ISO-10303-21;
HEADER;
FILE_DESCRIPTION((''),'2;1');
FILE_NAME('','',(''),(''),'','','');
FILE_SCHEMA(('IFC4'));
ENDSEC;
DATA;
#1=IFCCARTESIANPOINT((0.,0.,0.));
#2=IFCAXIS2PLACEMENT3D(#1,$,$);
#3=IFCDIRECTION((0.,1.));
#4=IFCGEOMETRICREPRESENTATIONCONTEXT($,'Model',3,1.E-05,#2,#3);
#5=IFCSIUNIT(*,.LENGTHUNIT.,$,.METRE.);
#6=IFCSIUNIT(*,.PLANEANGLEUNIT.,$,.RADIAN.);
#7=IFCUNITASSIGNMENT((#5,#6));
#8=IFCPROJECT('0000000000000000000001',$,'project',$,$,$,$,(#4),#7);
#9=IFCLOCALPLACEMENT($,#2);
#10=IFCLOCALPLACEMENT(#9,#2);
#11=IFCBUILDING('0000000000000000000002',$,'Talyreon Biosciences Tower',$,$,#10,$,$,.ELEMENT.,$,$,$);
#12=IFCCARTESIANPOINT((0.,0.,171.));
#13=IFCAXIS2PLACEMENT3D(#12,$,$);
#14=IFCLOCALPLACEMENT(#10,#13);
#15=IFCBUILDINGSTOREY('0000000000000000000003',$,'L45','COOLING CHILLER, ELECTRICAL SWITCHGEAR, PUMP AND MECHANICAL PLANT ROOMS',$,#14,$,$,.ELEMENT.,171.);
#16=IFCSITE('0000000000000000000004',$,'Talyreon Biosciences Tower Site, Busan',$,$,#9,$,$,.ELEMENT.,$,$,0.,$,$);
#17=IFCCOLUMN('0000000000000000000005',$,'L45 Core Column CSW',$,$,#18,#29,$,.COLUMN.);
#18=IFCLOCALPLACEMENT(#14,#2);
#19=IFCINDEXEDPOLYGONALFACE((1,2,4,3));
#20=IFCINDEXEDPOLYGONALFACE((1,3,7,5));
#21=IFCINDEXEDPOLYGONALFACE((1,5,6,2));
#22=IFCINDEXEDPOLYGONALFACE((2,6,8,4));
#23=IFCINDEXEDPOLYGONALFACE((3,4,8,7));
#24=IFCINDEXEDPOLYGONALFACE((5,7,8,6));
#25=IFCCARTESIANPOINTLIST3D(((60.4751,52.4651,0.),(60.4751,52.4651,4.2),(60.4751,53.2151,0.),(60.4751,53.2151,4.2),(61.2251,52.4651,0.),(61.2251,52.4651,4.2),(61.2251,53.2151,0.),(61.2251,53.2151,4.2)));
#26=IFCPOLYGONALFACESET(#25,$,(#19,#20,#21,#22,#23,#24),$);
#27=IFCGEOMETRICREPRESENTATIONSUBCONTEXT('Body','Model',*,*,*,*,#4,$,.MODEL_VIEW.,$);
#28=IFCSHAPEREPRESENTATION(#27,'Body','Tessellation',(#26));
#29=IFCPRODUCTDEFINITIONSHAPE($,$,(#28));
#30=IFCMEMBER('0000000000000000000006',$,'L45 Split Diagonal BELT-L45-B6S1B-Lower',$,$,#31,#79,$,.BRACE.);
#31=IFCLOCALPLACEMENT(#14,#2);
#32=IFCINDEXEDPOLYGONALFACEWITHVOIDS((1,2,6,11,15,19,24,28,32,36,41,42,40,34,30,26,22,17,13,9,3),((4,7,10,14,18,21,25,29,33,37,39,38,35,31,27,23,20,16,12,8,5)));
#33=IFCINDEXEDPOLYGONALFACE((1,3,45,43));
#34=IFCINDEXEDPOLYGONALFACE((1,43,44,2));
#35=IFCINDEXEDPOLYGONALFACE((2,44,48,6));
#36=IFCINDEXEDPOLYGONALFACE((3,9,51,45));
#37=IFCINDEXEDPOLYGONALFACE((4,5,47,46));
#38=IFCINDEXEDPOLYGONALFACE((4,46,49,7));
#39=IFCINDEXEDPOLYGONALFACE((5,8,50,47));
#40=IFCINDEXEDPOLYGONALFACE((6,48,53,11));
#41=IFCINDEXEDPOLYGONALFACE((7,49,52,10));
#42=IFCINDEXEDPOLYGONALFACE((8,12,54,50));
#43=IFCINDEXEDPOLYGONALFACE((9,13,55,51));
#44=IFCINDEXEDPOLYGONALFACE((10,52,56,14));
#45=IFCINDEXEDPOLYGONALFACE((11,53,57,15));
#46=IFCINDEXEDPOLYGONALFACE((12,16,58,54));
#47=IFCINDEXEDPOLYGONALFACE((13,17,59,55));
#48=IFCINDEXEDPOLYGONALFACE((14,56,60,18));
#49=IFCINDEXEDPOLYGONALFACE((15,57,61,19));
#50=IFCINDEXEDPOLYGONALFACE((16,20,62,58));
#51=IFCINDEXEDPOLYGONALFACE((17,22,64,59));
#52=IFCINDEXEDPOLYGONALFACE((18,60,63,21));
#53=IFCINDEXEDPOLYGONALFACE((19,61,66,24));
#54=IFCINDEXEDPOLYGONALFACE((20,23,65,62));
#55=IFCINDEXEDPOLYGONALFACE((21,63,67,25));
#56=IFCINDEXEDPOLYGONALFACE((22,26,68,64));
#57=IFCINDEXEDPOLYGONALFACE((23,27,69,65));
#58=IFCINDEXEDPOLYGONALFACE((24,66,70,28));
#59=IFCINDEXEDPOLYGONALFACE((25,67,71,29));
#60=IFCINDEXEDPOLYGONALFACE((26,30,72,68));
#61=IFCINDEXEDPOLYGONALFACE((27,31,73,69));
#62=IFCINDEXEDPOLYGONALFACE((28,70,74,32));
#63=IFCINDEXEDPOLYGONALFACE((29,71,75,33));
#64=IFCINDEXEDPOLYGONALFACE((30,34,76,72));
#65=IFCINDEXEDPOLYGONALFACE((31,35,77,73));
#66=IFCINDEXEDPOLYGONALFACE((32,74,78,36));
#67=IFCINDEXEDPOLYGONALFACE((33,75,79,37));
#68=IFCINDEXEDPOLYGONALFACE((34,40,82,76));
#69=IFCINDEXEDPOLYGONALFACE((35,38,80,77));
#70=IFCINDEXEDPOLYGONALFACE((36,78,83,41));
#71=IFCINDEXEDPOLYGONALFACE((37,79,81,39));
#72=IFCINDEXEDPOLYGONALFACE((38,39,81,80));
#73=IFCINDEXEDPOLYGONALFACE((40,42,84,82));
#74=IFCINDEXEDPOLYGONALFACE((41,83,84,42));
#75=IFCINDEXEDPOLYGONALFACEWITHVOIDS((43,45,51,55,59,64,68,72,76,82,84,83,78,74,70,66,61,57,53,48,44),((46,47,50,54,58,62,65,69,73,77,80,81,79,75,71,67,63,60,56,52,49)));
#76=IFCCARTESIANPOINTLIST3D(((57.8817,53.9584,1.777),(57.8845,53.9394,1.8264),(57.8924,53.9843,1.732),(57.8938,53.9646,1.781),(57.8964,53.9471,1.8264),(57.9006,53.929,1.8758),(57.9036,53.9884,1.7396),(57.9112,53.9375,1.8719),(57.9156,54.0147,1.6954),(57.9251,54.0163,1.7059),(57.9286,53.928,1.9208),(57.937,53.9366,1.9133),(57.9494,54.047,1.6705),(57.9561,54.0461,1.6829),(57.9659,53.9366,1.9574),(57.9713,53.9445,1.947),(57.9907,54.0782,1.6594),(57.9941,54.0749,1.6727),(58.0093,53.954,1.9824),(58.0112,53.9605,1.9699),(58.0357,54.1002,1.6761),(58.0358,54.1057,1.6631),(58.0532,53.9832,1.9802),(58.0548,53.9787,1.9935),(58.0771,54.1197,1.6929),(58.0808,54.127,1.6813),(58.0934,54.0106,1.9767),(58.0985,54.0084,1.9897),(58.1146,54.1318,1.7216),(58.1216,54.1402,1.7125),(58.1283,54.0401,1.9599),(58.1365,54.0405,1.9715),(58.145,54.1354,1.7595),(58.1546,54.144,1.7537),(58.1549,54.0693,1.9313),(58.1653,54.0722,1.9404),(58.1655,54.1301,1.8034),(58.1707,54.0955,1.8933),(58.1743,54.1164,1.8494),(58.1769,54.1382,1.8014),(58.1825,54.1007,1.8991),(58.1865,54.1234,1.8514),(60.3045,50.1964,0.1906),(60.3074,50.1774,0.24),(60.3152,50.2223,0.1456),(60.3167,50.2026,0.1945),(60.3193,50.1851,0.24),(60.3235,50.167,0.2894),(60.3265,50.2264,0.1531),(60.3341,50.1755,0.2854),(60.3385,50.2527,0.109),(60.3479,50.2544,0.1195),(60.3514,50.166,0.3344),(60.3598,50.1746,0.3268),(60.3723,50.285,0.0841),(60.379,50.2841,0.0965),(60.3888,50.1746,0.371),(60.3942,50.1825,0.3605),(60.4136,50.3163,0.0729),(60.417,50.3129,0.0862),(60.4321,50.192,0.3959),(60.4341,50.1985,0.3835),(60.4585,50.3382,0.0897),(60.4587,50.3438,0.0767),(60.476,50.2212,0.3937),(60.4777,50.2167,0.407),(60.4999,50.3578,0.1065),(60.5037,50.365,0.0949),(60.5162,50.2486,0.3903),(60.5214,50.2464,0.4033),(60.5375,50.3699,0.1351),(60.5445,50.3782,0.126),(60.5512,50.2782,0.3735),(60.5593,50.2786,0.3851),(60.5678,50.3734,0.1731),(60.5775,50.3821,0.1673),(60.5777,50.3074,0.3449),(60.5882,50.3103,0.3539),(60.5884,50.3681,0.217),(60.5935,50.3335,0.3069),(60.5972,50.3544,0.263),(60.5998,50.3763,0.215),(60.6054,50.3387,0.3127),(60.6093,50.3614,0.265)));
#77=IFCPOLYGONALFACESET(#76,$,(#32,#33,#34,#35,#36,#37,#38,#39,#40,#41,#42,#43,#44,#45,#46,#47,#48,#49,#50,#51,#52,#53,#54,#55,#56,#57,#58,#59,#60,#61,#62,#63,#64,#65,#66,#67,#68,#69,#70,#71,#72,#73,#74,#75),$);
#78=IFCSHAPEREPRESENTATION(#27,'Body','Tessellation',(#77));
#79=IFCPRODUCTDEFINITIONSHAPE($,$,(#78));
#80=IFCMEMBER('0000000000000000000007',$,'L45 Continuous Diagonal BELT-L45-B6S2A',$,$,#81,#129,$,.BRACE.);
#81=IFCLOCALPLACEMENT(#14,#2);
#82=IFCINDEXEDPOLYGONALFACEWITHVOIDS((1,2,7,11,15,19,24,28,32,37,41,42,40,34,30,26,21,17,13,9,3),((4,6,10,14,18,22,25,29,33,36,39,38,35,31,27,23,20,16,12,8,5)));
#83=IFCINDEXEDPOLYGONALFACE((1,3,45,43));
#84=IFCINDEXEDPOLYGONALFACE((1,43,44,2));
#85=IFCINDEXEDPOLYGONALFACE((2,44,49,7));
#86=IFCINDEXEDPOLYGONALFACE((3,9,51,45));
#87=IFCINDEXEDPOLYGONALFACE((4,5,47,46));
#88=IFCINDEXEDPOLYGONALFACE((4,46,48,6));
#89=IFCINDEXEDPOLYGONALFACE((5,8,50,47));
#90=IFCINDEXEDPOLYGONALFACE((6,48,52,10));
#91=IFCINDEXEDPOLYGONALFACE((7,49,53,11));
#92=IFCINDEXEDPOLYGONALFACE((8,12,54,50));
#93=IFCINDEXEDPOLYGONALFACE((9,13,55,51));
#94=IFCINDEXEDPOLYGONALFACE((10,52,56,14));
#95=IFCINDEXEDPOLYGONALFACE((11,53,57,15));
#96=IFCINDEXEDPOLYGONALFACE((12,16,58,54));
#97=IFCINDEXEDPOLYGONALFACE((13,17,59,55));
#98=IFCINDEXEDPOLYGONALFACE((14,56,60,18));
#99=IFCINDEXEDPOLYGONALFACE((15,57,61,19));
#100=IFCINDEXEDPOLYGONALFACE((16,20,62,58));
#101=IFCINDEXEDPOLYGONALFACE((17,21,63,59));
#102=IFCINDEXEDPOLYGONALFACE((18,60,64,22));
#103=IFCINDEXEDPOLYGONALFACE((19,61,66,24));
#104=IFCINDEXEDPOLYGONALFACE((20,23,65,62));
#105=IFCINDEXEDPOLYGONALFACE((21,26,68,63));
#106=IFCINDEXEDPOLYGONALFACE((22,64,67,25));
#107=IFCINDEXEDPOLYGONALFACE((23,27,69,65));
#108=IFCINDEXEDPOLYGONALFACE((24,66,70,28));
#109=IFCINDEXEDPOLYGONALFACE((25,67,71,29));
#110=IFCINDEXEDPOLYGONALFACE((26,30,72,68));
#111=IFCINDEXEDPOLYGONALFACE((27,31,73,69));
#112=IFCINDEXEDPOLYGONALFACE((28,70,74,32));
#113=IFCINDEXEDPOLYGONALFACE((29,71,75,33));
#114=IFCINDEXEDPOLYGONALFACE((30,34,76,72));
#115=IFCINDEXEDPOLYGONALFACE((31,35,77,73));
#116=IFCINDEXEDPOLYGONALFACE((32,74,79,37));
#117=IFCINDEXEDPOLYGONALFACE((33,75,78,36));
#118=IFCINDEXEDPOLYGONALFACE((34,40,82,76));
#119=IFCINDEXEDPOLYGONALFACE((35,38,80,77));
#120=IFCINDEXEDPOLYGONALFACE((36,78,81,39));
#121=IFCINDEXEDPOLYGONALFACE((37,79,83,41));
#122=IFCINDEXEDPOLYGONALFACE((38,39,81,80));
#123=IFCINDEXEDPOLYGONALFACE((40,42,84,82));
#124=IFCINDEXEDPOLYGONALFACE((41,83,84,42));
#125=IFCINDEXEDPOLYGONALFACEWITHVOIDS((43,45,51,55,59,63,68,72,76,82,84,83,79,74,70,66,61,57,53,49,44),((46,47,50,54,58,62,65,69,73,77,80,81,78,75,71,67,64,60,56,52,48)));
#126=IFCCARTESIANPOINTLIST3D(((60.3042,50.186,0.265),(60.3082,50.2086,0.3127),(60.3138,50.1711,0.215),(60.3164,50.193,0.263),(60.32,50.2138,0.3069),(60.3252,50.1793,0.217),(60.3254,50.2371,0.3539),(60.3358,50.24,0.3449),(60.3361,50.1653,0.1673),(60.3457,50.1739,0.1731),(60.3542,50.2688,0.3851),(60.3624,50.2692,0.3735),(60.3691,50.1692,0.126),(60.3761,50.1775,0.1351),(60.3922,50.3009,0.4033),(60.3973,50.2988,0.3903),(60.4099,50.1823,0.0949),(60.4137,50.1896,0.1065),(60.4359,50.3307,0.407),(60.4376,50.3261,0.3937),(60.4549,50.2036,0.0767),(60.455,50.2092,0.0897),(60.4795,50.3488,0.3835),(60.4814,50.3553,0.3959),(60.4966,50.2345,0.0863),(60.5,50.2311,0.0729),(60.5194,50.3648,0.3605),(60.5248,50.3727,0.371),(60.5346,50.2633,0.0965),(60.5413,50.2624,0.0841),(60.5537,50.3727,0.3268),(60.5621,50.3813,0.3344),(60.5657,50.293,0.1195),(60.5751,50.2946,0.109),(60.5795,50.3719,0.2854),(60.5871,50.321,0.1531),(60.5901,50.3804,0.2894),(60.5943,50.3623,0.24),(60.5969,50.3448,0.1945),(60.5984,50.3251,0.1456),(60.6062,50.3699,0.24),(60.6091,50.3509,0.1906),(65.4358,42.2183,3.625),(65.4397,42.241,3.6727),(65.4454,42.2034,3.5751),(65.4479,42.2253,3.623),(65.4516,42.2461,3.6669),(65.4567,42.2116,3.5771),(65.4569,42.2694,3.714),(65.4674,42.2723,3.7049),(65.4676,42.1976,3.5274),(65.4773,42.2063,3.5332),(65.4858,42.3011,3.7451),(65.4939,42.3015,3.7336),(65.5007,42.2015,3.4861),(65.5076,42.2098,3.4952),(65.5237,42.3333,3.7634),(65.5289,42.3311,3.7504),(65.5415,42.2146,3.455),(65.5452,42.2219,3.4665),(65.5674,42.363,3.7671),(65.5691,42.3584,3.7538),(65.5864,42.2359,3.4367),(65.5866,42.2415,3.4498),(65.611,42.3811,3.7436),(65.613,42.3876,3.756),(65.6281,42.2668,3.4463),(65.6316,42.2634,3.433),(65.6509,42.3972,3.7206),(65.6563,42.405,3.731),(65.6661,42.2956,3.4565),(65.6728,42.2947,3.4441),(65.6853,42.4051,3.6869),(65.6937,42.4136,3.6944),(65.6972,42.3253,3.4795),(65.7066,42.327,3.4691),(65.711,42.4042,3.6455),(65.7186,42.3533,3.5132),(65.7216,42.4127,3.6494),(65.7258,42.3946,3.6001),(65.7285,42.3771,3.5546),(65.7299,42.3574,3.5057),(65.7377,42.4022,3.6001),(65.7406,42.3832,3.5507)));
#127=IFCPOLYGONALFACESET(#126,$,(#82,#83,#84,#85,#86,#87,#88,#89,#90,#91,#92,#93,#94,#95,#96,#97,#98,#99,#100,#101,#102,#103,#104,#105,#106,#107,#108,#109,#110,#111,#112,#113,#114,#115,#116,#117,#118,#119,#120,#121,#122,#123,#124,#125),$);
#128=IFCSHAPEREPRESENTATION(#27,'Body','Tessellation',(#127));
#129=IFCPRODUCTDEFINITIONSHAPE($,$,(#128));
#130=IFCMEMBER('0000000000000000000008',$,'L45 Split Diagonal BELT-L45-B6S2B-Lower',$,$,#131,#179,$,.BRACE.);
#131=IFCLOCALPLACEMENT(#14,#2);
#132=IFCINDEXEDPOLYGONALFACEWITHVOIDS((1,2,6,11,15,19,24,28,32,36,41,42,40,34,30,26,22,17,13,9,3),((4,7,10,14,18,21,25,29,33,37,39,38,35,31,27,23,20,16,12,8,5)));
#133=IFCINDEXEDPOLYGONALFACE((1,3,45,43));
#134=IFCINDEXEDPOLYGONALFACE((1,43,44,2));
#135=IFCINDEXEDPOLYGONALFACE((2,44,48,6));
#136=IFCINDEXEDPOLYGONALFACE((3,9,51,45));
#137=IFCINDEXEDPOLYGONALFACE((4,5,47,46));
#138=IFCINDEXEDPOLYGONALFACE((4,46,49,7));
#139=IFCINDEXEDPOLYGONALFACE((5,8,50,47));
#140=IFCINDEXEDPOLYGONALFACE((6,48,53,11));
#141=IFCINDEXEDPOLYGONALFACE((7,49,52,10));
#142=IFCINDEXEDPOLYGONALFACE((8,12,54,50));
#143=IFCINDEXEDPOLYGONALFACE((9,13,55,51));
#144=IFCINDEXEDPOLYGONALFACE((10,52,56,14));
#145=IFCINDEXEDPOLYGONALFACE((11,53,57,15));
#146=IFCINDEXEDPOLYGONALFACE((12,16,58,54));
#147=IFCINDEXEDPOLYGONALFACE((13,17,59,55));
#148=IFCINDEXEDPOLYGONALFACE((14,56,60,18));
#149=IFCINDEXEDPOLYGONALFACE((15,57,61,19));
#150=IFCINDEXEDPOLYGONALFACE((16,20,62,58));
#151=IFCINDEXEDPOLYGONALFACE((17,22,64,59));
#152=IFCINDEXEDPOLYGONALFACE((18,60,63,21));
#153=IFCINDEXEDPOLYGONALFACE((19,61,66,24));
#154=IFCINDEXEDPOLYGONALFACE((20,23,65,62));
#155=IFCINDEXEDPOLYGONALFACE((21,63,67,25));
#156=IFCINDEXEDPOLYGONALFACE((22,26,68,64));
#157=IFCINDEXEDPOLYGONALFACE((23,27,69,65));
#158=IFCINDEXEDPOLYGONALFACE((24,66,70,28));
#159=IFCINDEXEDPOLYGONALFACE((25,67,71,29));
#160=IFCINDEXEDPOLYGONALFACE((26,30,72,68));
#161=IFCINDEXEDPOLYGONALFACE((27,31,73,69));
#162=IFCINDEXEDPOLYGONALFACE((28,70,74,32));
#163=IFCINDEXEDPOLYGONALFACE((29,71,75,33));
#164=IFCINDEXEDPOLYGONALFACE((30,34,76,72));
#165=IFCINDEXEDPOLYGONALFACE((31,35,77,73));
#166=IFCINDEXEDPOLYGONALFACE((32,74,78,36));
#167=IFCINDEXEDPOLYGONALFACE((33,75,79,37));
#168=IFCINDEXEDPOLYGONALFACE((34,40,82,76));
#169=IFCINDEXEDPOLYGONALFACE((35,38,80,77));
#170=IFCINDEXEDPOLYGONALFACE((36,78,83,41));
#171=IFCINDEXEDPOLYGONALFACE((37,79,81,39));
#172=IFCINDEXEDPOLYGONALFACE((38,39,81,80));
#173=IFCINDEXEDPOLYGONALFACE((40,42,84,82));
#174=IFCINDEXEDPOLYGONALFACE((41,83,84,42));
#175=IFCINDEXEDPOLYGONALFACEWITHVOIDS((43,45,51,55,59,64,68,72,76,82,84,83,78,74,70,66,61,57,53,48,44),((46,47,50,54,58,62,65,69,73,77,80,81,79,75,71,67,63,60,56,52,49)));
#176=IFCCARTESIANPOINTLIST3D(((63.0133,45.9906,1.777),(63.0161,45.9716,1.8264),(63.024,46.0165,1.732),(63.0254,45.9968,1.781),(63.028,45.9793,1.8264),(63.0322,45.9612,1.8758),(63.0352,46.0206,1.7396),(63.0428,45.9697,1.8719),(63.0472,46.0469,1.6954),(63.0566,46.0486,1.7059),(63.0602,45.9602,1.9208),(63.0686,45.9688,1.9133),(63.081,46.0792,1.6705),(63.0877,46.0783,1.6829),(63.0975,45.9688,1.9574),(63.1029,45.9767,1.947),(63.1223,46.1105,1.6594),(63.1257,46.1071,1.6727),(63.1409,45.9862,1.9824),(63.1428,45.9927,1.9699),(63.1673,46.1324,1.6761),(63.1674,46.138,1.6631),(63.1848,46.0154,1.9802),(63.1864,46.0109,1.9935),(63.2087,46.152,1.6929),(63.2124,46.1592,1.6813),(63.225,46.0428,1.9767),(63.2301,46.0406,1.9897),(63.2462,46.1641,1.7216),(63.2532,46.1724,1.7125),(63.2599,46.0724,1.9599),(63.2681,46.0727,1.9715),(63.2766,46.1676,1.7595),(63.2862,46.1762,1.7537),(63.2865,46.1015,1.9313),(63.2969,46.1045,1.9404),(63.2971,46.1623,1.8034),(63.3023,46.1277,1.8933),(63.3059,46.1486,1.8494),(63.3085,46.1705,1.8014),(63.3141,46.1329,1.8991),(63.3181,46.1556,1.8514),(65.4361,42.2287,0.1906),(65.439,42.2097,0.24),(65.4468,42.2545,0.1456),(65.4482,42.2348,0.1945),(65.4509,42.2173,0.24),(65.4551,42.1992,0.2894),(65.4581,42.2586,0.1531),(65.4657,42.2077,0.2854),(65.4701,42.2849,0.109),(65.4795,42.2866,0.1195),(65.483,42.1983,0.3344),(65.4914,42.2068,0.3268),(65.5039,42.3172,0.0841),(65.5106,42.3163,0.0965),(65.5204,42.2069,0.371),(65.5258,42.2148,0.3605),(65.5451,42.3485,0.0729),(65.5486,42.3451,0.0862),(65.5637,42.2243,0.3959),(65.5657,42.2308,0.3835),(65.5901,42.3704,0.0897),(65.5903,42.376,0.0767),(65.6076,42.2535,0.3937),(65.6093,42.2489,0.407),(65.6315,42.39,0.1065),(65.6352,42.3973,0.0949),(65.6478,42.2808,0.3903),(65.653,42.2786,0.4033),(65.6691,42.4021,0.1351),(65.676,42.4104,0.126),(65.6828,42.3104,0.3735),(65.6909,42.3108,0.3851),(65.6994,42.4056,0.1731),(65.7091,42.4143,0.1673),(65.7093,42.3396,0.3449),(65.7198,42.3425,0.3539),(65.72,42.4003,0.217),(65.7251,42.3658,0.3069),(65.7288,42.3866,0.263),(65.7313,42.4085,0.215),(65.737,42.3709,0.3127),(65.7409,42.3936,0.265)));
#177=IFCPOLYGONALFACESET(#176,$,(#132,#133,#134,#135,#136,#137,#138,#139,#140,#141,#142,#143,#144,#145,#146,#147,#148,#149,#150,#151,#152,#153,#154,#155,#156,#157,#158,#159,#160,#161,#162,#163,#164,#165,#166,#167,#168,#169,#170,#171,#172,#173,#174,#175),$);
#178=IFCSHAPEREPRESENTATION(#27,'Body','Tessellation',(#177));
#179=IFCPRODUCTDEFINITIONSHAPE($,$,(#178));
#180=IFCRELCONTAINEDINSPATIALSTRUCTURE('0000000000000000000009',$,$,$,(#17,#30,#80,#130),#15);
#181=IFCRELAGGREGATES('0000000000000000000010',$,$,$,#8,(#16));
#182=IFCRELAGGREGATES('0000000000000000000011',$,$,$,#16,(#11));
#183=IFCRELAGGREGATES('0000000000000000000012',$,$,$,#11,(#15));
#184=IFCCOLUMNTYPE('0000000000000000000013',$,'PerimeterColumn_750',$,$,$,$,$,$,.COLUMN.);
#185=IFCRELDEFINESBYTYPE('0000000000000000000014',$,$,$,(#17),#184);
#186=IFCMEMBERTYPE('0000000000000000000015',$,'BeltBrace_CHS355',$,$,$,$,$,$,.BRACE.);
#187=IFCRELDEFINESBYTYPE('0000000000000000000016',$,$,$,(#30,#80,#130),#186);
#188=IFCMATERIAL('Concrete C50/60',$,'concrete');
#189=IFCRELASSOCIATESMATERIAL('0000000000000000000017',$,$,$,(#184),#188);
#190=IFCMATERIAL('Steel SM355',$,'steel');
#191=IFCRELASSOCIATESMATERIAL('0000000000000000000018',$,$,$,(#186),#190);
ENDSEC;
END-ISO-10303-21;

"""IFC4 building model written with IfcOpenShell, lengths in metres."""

from ifc_helpers import new_model, si_unit, direction, frame, origin, origin_2d, place, context, subcontext, project, spatial, rectangle, hollow_circle, extrude, material, material_profile, profile_set, type_object, element, save


model = new_model("IFC4")

# Units and contexts
model_context = context("Model", 3, precision=1e-05, world=origin(), true_north=direction((0.0, 1.0)))
body_context = subcontext(model_context, "Body", "Model", "MODEL_VIEW")
ifc_project = project(units=[si_unit("LENGTHUNIT", "METRE"), si_unit("PLANEANGLEUNIT", "RADIAN")], contexts=[model_context])

# Site, building, storey
site_placement = place(None, origin())
site = spatial("IfcSite", under=ifc_project, at=site_placement, Name="Talyreon Biosciences Tower Site, Busan", CompositionType="ELEMENT", RefElevation=0.0)
building_placement = place(site_placement, origin())
building = spatial("IfcBuilding", under=site, at=building_placement, Name="Talyreon Biosciences Tower", CompositionType="ELEMENT")
storey_placement = place(building_placement, frame((0.0, 0.0, 171.0)))
storey = spatial("IfcBuildingStorey", under=building, at=storey_placement, Name="L45", Description="COOLING CHILLER, ELECTRICAL SWITCHGEAR, PUMP AND MECHANICAL PLANT ROOMS", CompositionType="ELEMENT", Elevation=171.0)

# Column
ifc_material_1 = material(Name="Concrete C50/60", Category="concrete")
ifc_material_profile_1 = material_profile(ifc_material_1, rectangle(XDim=0.75, YDim=0.75, at=origin_2d()), Name="RC 750x750")
ifc_profile_set_1 = profile_set([ifc_material_profile_1], Name="Concrete C50/60")
column_type = type_object("IfcColumnType", Name="PerimeterColumn_750", PredefinedType="COLUMN", material=ifc_profile_set_1)
column_placement = place(storey_placement, frame((60.8501, 52.8401, 0.0), z_axis=(0.0, 0.0, 1.0), x_axis=(1.0, 0.0, 0.0)))
element("IfcColumn", 1, at=column_placement, inside=storey, type_object=column_type, Name="L45 Core Column CSW", PredefinedType="COLUMN", context=body_context, shape_type="SweptSolid", body=[
    extrude(rectangle(XDim=0.75, YDim=0.75, at=origin_2d()), origin(), (0.0, 0.0, 1.0), 4.2),
])

# Members
ifc_material_2 = material(Name="Steel SM355", Category="steel")
ifc_material_profile_2 = material_profile(ifc_material_2, hollow_circle(Radius=0.1777, WallThickness=0.0142, at=origin_2d()), Name="CHS 355.6x14.2")
ifc_profile_set_2 = profile_set([ifc_material_profile_2], Name="Steel SM355")
member_type_1 = type_object("IfcMemberType", Name="BeltBrace_CHS355", PredefinedType="BRACE", material=ifc_profile_set_2)
member_1_placement = place(storey_placement, frame((60.4568, 50.2737, 0.24), z_axis=(-0.510336, 0.792399, 0.334156), x_axis=(-0.840726, -0.541461, 0.0)))
element("IfcMember", 2, at=member_1_placement, inside=storey, type_object=member_type_1, Name="L45 Split Diagonal BELT-L45-B6S1B-Lower", PredefinedType="BRACE", context=body_context, shape_type="SweptSolid", body=[
    extrude(hollow_circle(Radius=0.1777, WallThickness=0.0142, at=origin_2d()), origin(), (0.0, 0.0, 1.0), 4.7476),
])
member_2_placement = place(storey_placement, frame((60.4568, 50.2737, 0.24), z_axis=(0.510337, -0.792396, 0.334163), x_axis=(0.840725, 0.541463, 0.0)))
element("IfcMember", 3, at=member_2_placement, inside=storey, type_object=member_type_1, Name="L45 Continuous Diagonal BELT-L45-B6S2A", PredefinedType="BRACE", context=body_context, shape_type="SweptSolid", body=[
    extrude(hollow_circle(Radius=0.1777, WallThickness=0.0142, at=origin_2d()), origin(), (0.0, 0.0, 1.0), 10.0552),
])
member_3_placement = place(storey_placement, frame((65.5884, 42.3059, 0.24), z_axis=(-0.510336, 0.792399, 0.334156), x_axis=(-0.840726, -0.541461, 0.0)))
element("IfcMember", 4, at=member_3_placement, inside=storey, type_object=member_type_1, Name="L45 Split Diagonal BELT-L45-B6S2B-Lower", PredefinedType="BRACE", context=body_context, shape_type="SweptSolid", body=[
    extrude(hollow_circle(Radius=0.1777, WallThickness=0.0142, at=origin_2d()), origin(), (0.0, 0.0, 1.0), 4.7476),
])

save(model, "model.ifc")
